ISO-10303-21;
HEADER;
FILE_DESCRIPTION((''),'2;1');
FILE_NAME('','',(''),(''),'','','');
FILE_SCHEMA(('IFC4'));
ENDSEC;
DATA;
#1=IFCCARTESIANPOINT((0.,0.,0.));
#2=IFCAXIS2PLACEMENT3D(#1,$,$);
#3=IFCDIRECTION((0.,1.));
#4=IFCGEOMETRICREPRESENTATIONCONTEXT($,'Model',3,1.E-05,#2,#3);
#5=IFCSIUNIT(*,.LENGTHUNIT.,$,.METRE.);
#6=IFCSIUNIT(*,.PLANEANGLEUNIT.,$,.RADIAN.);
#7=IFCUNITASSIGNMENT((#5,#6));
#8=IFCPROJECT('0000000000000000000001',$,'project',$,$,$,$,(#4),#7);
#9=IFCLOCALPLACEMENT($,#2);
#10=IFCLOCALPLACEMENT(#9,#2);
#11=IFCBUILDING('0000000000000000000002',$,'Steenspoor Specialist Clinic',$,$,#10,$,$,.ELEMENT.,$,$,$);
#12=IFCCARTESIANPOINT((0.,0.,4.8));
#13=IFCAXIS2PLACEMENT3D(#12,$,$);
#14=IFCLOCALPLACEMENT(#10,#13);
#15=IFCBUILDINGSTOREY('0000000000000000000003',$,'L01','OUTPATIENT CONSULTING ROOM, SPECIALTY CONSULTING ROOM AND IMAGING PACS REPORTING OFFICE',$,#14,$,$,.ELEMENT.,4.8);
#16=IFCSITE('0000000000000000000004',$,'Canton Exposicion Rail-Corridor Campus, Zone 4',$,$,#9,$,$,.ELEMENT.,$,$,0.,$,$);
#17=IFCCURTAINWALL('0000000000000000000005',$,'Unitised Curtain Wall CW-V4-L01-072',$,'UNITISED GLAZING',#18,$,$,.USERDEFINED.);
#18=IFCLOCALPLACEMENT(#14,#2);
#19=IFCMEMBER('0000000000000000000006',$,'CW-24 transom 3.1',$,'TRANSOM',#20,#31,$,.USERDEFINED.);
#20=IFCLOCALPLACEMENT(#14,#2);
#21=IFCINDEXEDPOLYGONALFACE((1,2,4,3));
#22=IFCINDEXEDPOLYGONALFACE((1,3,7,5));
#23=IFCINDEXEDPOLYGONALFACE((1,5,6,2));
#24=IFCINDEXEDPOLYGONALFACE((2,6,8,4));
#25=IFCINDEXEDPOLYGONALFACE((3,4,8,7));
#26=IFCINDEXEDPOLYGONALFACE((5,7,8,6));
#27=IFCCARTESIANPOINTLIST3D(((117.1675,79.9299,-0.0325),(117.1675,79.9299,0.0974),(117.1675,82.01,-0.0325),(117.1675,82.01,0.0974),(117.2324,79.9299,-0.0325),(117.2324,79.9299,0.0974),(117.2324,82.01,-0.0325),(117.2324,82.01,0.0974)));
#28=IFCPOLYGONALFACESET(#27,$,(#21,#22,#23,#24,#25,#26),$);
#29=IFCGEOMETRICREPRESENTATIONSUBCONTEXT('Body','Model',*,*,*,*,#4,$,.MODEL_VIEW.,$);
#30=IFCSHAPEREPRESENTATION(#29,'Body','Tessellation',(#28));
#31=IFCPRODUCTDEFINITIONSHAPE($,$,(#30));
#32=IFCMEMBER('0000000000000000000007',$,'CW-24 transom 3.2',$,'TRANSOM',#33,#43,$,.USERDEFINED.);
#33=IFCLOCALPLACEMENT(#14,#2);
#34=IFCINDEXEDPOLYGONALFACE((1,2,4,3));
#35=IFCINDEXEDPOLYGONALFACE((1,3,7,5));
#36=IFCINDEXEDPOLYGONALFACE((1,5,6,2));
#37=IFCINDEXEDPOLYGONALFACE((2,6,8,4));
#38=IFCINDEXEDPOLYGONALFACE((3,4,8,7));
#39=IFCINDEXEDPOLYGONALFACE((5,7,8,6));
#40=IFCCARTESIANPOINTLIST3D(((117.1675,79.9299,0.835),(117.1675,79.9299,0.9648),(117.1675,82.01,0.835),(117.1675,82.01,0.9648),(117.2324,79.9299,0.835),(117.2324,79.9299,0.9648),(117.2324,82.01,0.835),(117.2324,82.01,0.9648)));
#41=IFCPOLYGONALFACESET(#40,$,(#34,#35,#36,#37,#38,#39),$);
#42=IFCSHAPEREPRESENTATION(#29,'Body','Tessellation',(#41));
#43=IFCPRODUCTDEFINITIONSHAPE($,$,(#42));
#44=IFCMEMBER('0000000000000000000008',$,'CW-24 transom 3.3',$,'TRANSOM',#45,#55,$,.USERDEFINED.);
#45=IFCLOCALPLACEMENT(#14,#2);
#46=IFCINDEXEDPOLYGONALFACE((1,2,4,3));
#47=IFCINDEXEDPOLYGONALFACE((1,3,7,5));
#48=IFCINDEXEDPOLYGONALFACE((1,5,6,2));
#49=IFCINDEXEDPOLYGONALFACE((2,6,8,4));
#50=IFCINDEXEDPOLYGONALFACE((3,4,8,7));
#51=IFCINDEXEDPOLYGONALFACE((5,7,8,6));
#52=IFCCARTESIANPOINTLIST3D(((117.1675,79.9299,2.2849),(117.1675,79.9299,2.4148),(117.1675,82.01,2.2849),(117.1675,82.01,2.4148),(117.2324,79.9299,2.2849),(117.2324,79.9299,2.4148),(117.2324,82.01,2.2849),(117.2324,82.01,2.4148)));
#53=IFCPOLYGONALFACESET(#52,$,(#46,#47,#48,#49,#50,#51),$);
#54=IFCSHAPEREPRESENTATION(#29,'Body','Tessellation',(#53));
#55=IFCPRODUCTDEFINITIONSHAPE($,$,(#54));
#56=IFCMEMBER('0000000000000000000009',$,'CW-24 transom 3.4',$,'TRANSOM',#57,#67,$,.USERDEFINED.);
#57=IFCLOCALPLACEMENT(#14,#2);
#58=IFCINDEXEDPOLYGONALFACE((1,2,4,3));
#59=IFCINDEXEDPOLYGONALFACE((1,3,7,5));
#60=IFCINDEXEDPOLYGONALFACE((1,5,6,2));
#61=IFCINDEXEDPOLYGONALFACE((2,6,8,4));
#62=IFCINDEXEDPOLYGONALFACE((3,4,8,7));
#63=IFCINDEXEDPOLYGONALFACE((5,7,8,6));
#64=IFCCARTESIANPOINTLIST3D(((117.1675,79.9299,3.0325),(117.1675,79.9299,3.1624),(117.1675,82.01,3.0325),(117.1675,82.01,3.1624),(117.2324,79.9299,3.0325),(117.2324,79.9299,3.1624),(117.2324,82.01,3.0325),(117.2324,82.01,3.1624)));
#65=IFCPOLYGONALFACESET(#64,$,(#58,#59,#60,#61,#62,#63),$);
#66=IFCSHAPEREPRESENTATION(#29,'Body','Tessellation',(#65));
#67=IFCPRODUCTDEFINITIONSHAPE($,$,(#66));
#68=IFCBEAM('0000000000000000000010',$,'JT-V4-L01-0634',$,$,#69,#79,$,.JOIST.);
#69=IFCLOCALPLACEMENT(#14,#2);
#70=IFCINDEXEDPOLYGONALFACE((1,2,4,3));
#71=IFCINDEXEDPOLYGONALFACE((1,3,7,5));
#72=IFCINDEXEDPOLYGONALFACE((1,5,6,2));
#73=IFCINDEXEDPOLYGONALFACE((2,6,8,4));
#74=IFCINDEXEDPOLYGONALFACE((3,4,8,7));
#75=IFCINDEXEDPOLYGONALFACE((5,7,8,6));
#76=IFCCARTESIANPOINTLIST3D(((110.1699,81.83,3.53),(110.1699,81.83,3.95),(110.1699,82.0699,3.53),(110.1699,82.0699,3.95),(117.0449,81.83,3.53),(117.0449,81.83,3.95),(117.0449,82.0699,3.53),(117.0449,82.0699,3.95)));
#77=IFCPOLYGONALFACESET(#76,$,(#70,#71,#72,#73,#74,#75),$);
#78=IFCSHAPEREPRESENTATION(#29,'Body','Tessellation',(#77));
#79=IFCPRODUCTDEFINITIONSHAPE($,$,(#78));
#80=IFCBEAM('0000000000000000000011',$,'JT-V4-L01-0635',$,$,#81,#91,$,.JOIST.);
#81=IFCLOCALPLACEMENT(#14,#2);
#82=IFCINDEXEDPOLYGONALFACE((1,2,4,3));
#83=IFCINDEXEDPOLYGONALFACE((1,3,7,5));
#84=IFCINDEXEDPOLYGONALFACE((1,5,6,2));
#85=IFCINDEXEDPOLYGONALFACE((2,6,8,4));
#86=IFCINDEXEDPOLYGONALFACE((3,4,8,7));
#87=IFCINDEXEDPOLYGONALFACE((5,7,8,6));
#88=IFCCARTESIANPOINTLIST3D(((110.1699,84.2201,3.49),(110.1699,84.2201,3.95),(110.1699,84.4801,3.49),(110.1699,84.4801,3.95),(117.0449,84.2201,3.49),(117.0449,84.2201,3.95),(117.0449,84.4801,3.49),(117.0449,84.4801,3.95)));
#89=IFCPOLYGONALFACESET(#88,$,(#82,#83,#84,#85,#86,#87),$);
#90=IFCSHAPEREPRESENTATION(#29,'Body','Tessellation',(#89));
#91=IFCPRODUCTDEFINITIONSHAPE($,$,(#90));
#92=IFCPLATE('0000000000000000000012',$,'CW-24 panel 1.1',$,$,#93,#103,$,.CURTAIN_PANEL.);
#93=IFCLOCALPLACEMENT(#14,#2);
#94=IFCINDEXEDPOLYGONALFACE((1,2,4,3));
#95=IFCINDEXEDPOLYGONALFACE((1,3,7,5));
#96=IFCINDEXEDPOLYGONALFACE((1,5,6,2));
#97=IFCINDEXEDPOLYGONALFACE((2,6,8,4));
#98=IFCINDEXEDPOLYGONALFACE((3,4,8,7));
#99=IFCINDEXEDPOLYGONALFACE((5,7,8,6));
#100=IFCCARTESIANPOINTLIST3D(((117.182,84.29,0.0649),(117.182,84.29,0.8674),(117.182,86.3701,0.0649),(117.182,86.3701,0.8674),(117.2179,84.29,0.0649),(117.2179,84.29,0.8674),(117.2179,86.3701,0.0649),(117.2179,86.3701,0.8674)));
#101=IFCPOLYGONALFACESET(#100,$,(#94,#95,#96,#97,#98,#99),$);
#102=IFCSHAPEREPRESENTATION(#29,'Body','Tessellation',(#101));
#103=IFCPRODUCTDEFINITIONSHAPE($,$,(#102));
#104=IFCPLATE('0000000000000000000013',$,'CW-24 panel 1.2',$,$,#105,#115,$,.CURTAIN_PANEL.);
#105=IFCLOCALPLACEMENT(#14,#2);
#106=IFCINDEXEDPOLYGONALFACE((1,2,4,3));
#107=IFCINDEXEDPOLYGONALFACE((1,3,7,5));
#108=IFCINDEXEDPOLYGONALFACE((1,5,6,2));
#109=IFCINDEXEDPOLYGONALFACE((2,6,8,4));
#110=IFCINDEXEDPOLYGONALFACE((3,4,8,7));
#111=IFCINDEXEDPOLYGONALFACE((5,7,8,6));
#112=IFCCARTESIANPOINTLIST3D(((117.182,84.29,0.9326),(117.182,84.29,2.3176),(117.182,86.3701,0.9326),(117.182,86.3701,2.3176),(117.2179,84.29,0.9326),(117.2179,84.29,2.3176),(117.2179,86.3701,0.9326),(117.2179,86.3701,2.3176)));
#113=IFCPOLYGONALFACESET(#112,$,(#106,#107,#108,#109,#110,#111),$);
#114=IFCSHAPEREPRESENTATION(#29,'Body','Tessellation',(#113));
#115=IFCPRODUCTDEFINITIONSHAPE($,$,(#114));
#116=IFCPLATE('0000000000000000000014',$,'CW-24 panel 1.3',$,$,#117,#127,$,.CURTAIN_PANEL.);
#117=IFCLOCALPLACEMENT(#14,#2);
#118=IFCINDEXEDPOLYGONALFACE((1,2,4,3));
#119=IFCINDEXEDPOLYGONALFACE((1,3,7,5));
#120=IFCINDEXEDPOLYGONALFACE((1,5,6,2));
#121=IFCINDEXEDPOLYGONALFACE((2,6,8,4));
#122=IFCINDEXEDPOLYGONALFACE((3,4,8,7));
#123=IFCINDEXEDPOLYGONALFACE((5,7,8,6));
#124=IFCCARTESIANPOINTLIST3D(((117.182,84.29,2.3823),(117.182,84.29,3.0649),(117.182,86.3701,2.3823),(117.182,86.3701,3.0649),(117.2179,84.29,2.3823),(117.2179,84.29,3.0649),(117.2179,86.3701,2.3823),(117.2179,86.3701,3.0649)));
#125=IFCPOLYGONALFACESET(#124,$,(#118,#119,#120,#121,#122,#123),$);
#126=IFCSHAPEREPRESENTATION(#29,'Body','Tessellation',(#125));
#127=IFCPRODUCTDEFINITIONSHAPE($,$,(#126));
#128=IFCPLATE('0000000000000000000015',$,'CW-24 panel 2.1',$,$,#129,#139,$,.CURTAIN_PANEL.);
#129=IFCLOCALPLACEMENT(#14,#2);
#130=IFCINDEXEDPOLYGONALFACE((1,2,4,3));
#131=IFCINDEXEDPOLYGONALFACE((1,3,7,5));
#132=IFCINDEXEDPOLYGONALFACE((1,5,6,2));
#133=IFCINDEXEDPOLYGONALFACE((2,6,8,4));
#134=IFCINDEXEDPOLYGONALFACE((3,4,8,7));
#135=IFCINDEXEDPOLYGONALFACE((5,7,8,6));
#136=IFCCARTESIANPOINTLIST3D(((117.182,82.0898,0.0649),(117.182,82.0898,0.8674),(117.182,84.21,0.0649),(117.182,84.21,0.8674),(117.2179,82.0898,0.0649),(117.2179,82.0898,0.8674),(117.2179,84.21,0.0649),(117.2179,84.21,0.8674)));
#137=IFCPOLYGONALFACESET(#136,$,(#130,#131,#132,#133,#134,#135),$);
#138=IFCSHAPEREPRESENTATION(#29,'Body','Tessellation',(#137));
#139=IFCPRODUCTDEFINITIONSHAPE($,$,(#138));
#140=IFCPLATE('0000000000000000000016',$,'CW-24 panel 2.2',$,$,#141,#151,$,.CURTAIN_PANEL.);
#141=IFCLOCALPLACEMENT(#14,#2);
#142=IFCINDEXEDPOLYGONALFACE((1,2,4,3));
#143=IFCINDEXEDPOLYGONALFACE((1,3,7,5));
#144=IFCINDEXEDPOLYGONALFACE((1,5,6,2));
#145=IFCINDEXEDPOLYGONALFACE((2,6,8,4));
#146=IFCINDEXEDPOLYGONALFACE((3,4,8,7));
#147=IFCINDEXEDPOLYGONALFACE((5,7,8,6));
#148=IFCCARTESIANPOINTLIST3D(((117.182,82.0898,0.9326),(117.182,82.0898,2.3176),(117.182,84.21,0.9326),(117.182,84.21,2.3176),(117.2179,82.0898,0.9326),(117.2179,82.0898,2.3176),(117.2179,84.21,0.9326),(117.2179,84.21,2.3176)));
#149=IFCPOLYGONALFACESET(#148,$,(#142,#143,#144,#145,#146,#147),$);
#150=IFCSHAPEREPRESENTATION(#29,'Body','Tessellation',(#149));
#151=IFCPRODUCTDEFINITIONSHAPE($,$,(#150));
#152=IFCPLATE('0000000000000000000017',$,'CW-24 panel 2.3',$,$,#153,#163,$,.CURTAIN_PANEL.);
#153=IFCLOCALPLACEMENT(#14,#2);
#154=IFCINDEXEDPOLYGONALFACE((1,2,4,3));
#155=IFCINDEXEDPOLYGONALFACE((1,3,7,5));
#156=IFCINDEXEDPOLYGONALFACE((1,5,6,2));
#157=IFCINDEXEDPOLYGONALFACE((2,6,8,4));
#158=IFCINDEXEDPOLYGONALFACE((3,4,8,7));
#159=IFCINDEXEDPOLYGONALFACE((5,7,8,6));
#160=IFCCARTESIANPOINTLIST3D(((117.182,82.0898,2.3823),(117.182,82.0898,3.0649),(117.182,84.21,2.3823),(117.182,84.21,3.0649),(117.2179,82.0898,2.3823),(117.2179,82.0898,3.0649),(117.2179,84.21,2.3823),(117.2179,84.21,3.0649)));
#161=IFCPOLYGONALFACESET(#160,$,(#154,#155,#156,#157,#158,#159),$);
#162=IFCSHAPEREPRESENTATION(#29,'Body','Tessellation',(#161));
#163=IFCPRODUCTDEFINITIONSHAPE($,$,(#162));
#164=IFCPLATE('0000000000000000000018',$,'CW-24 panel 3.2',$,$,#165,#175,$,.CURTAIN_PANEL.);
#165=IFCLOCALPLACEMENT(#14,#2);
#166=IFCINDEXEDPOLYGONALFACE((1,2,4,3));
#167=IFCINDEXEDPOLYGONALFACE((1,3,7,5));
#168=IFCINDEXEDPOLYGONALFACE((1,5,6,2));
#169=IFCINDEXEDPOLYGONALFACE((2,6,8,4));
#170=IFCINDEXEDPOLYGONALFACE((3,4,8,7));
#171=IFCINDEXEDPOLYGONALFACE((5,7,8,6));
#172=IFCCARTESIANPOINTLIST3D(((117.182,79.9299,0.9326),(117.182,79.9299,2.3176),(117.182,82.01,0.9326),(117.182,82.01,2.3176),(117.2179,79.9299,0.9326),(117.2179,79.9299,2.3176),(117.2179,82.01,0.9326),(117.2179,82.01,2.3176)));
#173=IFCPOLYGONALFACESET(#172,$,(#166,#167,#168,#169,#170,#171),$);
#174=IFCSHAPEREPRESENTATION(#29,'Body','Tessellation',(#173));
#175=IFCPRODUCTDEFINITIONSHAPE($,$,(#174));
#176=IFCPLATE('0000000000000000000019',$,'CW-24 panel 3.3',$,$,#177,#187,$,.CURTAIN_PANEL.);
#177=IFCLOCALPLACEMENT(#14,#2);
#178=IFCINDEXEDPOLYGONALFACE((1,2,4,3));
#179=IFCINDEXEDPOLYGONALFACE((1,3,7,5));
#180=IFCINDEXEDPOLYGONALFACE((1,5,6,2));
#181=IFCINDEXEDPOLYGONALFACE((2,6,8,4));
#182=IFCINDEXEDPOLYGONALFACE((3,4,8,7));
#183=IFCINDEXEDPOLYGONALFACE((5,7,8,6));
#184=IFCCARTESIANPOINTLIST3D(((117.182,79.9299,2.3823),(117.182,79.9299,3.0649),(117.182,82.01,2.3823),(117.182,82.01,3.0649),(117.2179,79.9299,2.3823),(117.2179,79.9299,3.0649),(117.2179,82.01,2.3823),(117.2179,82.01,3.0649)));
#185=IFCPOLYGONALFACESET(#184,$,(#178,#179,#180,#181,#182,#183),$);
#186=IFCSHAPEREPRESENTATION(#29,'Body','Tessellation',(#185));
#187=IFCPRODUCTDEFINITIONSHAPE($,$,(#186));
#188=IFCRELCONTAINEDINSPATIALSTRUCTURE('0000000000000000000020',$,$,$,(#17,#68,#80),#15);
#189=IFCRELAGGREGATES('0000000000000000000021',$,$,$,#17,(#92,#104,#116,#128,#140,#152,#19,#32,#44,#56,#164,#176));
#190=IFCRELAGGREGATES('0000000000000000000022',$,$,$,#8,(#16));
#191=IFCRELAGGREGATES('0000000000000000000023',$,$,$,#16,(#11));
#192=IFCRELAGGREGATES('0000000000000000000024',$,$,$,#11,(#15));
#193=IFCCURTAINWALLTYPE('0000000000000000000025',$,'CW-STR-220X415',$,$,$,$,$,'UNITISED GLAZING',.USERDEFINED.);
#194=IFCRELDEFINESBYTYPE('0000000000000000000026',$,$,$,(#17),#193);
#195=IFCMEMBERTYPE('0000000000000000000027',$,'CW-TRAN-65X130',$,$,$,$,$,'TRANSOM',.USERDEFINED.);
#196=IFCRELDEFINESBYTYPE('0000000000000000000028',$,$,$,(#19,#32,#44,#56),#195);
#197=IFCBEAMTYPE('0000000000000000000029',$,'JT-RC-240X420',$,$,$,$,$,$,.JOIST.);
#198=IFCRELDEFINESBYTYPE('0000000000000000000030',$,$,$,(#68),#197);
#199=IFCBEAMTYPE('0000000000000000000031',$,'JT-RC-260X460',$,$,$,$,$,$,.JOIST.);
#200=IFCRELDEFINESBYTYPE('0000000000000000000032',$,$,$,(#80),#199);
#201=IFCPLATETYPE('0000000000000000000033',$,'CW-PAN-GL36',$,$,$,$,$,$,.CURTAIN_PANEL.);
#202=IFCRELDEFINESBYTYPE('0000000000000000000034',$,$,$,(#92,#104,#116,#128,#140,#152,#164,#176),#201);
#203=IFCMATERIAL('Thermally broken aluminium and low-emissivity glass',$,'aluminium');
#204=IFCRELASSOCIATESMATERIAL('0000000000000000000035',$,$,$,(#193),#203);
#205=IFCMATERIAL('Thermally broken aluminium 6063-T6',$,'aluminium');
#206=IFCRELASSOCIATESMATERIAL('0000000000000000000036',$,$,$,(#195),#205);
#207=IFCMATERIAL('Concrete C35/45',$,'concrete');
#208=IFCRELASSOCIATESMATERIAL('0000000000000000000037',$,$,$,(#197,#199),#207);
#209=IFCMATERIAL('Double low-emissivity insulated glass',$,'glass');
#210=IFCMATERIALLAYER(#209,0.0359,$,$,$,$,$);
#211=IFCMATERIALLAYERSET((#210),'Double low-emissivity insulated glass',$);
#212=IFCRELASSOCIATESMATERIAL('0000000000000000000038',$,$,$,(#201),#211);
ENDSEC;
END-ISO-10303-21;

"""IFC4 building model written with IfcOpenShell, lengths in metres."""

from ifc_helpers import new_model, si_unit, direction, frame, origin, origin_2d, place, context, subcontext, project, spatial, rectangle, extrude, material, layer, layer_set, material_profile, profile_set, type_object, element, aggregate, save


model = new_model("IFC4")

# Units and contexts
model_context = context("Model", 3, precision=1e-05, world=origin(), true_north=direction((0.0, 1.0)))
body_context = subcontext(model_context, "Body", "Model", "MODEL_VIEW")
ifc_project = project(units=[si_unit("LENGTHUNIT", "METRE"), si_unit("PLANEANGLEUNIT", "RADIAN")], contexts=[model_context])

# Site, building, storey
site_placement = place(None, origin())
site = spatial("IfcSite", under=ifc_project, at=site_placement, Name="Canton Exposicion Rail-Corridor Campus, Zone 4", CompositionType="ELEMENT", RefElevation=0.0)
building_placement = place(site_placement, origin())
building = spatial("IfcBuilding", under=site, at=building_placement, Name="Steenspoor Specialist Clinic", CompositionType="ELEMENT")
storey_placement = place(building_placement, frame((0.0, 0.0, 4.8)))
storey = spatial("IfcBuildingStorey", under=building, at=storey_placement, Name="L01", Description="OUTPATIENT CONSULTING ROOM, SPECIALTY CONSULTING ROOM AND IMAGING PACS REPORTING OFFICE", CompositionType="ELEMENT", Elevation=4.8)

# Shared definitions
ifc_material_1 = material(Name="Concrete C35/45", Category="concrete")

# Curtain wall, members
ifc_material_2 = material(Name="Thermally broken aluminium and low-emissivity glass", Category="aluminium")
curtain_wall_type = type_object("IfcCurtainWallType", Name="CW-STR-220X415", ElementType="UNITISED GLAZING", PredefinedType="USERDEFINED", material=ifc_material_2)
curtain_wall_placement = place(storey_placement, origin())
curtain_wall = element("IfcCurtainWall", 1, at=curtain_wall_placement, inside=storey, type_object=curtain_wall_type, Name="Unitised Curtain Wall CW-V4-L01-072", ObjectType="UNITISED GLAZING", PredefinedType="USERDEFINED")
ifc_material_3 = material(Name="Thermally broken aluminium 6063-T6", Category="aluminium")
ifc_material_profile_1 = material_profile(ifc_material_3, rectangle(XDim=0.0649, YDim=0.1299, at=origin_2d()), Name="CWT-65X130")
ifc_profile_set_1 = profile_set([ifc_material_profile_1], Name="Thermally broken aluminium 6063-T6")
member_type_1 = type_object("IfcMemberType", Name="CW-TRAN-65X130", ElementType="TRANSOM", PredefinedType="USERDEFINED", material=ifc_profile_set_1)
member_1_placement = place(storey_placement, frame((117.2, 82.01, 0.0325), z_axis=(0.0, -1.0, 0.0), x_axis=(1.0, 0.0, 0.0)))
member_1 = element("IfcMember", 2, at=member_1_placement, type_object=member_type_1, Name="CW-24 transom 3.1", ObjectType="TRANSOM", PredefinedType="USERDEFINED", context=body_context, shape_type="SweptSolid", body=[
    extrude(rectangle(XDim=0.0649, YDim=0.1299, at=origin_2d()), origin(), (0.0, 0.0, 1.0), 2.0801),
])
member_2_placement = place(storey_placement, frame((117.2, 82.01, 0.8999), z_axis=(0.0, -1.0, 0.0), x_axis=(1.0, 0.0, 0.0)))
member_2 = element("IfcMember", 3, at=member_2_placement, type_object=member_type_1, Name="CW-24 transom 3.2", ObjectType="TRANSOM", PredefinedType="USERDEFINED", context=body_context, shape_type="SweptSolid", body=[
    extrude(rectangle(XDim=0.0649, YDim=0.1299, at=origin_2d()), origin(), (0.0, 0.0, 1.0), 2.0801),
])
member_3_placement = place(storey_placement, frame((117.2, 82.01, 2.3499), z_axis=(0.0, -1.0, 0.0), x_axis=(1.0, 0.0, 0.0)))
member_3 = element("IfcMember", 4, at=member_3_placement, type_object=member_type_1, Name="CW-24 transom 3.3", ObjectType="TRANSOM", PredefinedType="USERDEFINED", context=body_context, shape_type="SweptSolid", body=[
    extrude(rectangle(XDim=0.0649, YDim=0.1299, at=origin_2d()), origin(), (0.0, 0.0, 1.0), 2.0801),
])
member_4_placement = place(storey_placement, frame((117.2, 82.01, 3.0974), z_axis=(0.0, -1.0, 0.0), x_axis=(1.0, 0.0, 0.0)))
member_4 = element("IfcMember", 5, at=member_4_placement, type_object=member_type_1, Name="CW-24 transom 3.4", ObjectType="TRANSOM", PredefinedType="USERDEFINED", context=body_context, shape_type="SweptSolid", body=[
    extrude(rectangle(XDim=0.0649, YDim=0.1299, at=origin_2d()), origin(), (0.0, 0.0, 1.0), 2.0801),
])

# Beams
ifc_material_profile_2 = material_profile(ifc_material_1, rectangle(XDim=0.24, YDim=0.4199, at=origin_2d()), Name="RC-JT-240X420")
ifc_profile_set_2 = profile_set([ifc_material_profile_2], Name="Concrete C35/45")
beam_type_1 = type_object("IfcBeamType", Name="JT-RC-240X420", PredefinedType="JOIST", material=ifc_profile_set_2)
beam_1_placement = place(storey_placement, frame((110.1699, 81.95, 3.74), z_axis=(1.0, 0.0, 0.0), x_axis=(0.0, 1.0, 0.0)))
element("IfcBeam", 6, at=beam_1_placement, inside=storey, type_object=beam_type_1, Name="JT-V4-L01-0634", PredefinedType="JOIST", context=body_context, shape_type="SweptSolid", body=[
    extrude(rectangle(XDim=0.24, YDim=0.4199, at=origin_2d()), origin(), (0.0, 0.0, 1.0), 6.875),
])
ifc_material_profile_3 = material_profile(ifc_material_1, rectangle(XDim=0.26, YDim=0.46, at=origin_2d()), Name="RC-JT-260X460")
ifc_profile_set_3 = profile_set([ifc_material_profile_3], Name="Concrete C35/45")
beam_type_2 = type_object("IfcBeamType", Name="JT-RC-260X460", PredefinedType="JOIST", material=ifc_profile_set_3)
beam_2_placement = place(storey_placement, frame((110.1699, 84.3501, 3.72), z_axis=(1.0, 0.0, 0.0), x_axis=(0.0, 1.0, 0.0)))
element("IfcBeam", 7, at=beam_2_placement, inside=storey, type_object=beam_type_2, Name="JT-V4-L01-0635", PredefinedType="JOIST", context=body_context, shape_type="SweptSolid", body=[
    extrude(rectangle(XDim=0.26, YDim=0.46, at=origin_2d()), origin(), (0.0, 0.0, 1.0), 6.875),
])

# Plates
ifc_material_4 = material(Name="Double low-emissivity insulated glass", Category="glass")
ifc_layer_1 = layer(ifc_material_4, 0.0359)
ifc_layer_set_1 = layer_set([ifc_layer_1], Name="Double low-emissivity insulated glass")
plate_type = type_object("IfcPlateType", Name="CW-PAN-GL36", PredefinedType="CURTAIN_PANEL", material=ifc_layer_set_1)
plate_1_placement = place(storey_placement, frame((117.2, 85.3301, 0.0649), z_axis=(0.0, 0.0, 1.0), x_axis=(0.0, -1.0, 0.0)))
plate_1 = element("IfcPlate", 8, at=plate_1_placement, type_object=plate_type, Name="CW-24 panel 1.1", PredefinedType="CURTAIN_PANEL", context=body_context, shape_type="SweptSolid", body=[
    extrude(rectangle(XDim=2.0801, YDim=0.0359, at=origin_2d()), origin(), (0.0, 0.0, 1.0), 0.8025),
])
plate_2_placement = place(storey_placement, frame((117.2, 85.3301, 0.9326), z_axis=(0.0, 0.0, 1.0), x_axis=(0.0, -1.0, 0.0)))
plate_2 = element("IfcPlate", 9, at=plate_2_placement, type_object=plate_type, Name="CW-24 panel 1.2", PredefinedType="CURTAIN_PANEL", context=body_context, shape_type="SweptSolid", body=[
    extrude(rectangle(XDim=2.0801, YDim=0.0359, at=origin_2d()), origin(), (0.0, 0.0, 1.0), 1.385),
])
plate_3_placement = place(storey_placement, frame((117.2, 85.3301, 2.3823), z_axis=(0.0, 0.0, 1.0), x_axis=(0.0, -1.0, 0.0)))
plate_3 = element("IfcPlate", 10, at=plate_3_placement, type_object=plate_type, Name="CW-24 panel 1.3", PredefinedType="CURTAIN_PANEL", context=body_context, shape_type="SweptSolid", body=[
    extrude(rectangle(XDim=2.0801, YDim=0.0359, at=origin_2d()), origin(), (0.0, 0.0, 1.0), 0.6826),
])
plate_4_placement = place(storey_placement, frame((117.2, 83.1499, 0.0649), z_axis=(0.0, 0.0, 1.0), x_axis=(0.0, -1.0, 0.0)))
plate_4 = element("IfcPlate", 11, at=plate_4_placement, type_object=plate_type, Name="CW-24 panel 2.1", PredefinedType="CURTAIN_PANEL", context=body_context, shape_type="SweptSolid", body=[
    extrude(rectangle(XDim=2.1201, YDim=0.0359, at=origin_2d()), origin(), (0.0, 0.0, 1.0), 0.8025),
])
plate_5_placement = place(storey_placement, frame((117.2, 83.1499, 0.9326), z_axis=(0.0, 0.0, 1.0), x_axis=(0.0, -1.0, 0.0)))
plate_5 = element("IfcPlate", 12, at=plate_5_placement, type_object=plate_type, Name="CW-24 panel 2.2", PredefinedType="CURTAIN_PANEL", context=body_context, shape_type="SweptSolid", body=[
    extrude(rectangle(XDim=2.1201, YDim=0.0359, at=origin_2d()), origin(), (0.0, 0.0, 1.0), 1.385),
])
plate_6_placement = place(storey_placement, frame((117.2, 83.1499, 2.3823), z_axis=(0.0, 0.0, 1.0), x_axis=(0.0, -1.0, 0.0)))
plate_6 = element("IfcPlate", 13, at=plate_6_placement, type_object=plate_type, Name="CW-24 panel 2.3", PredefinedType="CURTAIN_PANEL", context=body_context, shape_type="SweptSolid", body=[
    extrude(rectangle(XDim=2.1201, YDim=0.0359, at=origin_2d()), origin(), (0.0, 0.0, 1.0), 0.6826),
])
plate_7_placement = place(storey_placement, frame((117.2, 80.97, 0.9326), z_axis=(0.0, 0.0, 1.0), x_axis=(0.0, -1.0, 0.0)))
plate_7 = element("IfcPlate", 14, at=plate_7_placement, type_object=plate_type, Name="CW-24 panel 3.2", PredefinedType="CURTAIN_PANEL", context=body_context, shape_type="SweptSolid", body=[
    extrude(rectangle(XDim=2.0801, YDim=0.0359, at=origin_2d()), origin(), (0.0, 0.0, 1.0), 1.385),
])
plate_8_placement = place(storey_placement, frame((117.2, 80.97, 2.3823), z_axis=(0.0, 0.0, 1.0), x_axis=(0.0, -1.0, 0.0)))
plate_8 = element("IfcPlate", 15, at=plate_8_placement, type_object=plate_type, Name="CW-24 panel 3.3", PredefinedType="CURTAIN_PANEL", context=body_context, shape_type="SweptSolid", body=[
    extrude(rectangle(XDim=2.0801, YDim=0.0359, at=origin_2d()), origin(), (0.0, 0.0, 1.0), 0.6826),
])
aggregate(curtain_wall, [plate_1, plate_2, plate_3, plate_4, plate_5, plate_6, member_1, member_2, member_3, member_4, plate_7, plate_8])

save(model, "model.ifc")
